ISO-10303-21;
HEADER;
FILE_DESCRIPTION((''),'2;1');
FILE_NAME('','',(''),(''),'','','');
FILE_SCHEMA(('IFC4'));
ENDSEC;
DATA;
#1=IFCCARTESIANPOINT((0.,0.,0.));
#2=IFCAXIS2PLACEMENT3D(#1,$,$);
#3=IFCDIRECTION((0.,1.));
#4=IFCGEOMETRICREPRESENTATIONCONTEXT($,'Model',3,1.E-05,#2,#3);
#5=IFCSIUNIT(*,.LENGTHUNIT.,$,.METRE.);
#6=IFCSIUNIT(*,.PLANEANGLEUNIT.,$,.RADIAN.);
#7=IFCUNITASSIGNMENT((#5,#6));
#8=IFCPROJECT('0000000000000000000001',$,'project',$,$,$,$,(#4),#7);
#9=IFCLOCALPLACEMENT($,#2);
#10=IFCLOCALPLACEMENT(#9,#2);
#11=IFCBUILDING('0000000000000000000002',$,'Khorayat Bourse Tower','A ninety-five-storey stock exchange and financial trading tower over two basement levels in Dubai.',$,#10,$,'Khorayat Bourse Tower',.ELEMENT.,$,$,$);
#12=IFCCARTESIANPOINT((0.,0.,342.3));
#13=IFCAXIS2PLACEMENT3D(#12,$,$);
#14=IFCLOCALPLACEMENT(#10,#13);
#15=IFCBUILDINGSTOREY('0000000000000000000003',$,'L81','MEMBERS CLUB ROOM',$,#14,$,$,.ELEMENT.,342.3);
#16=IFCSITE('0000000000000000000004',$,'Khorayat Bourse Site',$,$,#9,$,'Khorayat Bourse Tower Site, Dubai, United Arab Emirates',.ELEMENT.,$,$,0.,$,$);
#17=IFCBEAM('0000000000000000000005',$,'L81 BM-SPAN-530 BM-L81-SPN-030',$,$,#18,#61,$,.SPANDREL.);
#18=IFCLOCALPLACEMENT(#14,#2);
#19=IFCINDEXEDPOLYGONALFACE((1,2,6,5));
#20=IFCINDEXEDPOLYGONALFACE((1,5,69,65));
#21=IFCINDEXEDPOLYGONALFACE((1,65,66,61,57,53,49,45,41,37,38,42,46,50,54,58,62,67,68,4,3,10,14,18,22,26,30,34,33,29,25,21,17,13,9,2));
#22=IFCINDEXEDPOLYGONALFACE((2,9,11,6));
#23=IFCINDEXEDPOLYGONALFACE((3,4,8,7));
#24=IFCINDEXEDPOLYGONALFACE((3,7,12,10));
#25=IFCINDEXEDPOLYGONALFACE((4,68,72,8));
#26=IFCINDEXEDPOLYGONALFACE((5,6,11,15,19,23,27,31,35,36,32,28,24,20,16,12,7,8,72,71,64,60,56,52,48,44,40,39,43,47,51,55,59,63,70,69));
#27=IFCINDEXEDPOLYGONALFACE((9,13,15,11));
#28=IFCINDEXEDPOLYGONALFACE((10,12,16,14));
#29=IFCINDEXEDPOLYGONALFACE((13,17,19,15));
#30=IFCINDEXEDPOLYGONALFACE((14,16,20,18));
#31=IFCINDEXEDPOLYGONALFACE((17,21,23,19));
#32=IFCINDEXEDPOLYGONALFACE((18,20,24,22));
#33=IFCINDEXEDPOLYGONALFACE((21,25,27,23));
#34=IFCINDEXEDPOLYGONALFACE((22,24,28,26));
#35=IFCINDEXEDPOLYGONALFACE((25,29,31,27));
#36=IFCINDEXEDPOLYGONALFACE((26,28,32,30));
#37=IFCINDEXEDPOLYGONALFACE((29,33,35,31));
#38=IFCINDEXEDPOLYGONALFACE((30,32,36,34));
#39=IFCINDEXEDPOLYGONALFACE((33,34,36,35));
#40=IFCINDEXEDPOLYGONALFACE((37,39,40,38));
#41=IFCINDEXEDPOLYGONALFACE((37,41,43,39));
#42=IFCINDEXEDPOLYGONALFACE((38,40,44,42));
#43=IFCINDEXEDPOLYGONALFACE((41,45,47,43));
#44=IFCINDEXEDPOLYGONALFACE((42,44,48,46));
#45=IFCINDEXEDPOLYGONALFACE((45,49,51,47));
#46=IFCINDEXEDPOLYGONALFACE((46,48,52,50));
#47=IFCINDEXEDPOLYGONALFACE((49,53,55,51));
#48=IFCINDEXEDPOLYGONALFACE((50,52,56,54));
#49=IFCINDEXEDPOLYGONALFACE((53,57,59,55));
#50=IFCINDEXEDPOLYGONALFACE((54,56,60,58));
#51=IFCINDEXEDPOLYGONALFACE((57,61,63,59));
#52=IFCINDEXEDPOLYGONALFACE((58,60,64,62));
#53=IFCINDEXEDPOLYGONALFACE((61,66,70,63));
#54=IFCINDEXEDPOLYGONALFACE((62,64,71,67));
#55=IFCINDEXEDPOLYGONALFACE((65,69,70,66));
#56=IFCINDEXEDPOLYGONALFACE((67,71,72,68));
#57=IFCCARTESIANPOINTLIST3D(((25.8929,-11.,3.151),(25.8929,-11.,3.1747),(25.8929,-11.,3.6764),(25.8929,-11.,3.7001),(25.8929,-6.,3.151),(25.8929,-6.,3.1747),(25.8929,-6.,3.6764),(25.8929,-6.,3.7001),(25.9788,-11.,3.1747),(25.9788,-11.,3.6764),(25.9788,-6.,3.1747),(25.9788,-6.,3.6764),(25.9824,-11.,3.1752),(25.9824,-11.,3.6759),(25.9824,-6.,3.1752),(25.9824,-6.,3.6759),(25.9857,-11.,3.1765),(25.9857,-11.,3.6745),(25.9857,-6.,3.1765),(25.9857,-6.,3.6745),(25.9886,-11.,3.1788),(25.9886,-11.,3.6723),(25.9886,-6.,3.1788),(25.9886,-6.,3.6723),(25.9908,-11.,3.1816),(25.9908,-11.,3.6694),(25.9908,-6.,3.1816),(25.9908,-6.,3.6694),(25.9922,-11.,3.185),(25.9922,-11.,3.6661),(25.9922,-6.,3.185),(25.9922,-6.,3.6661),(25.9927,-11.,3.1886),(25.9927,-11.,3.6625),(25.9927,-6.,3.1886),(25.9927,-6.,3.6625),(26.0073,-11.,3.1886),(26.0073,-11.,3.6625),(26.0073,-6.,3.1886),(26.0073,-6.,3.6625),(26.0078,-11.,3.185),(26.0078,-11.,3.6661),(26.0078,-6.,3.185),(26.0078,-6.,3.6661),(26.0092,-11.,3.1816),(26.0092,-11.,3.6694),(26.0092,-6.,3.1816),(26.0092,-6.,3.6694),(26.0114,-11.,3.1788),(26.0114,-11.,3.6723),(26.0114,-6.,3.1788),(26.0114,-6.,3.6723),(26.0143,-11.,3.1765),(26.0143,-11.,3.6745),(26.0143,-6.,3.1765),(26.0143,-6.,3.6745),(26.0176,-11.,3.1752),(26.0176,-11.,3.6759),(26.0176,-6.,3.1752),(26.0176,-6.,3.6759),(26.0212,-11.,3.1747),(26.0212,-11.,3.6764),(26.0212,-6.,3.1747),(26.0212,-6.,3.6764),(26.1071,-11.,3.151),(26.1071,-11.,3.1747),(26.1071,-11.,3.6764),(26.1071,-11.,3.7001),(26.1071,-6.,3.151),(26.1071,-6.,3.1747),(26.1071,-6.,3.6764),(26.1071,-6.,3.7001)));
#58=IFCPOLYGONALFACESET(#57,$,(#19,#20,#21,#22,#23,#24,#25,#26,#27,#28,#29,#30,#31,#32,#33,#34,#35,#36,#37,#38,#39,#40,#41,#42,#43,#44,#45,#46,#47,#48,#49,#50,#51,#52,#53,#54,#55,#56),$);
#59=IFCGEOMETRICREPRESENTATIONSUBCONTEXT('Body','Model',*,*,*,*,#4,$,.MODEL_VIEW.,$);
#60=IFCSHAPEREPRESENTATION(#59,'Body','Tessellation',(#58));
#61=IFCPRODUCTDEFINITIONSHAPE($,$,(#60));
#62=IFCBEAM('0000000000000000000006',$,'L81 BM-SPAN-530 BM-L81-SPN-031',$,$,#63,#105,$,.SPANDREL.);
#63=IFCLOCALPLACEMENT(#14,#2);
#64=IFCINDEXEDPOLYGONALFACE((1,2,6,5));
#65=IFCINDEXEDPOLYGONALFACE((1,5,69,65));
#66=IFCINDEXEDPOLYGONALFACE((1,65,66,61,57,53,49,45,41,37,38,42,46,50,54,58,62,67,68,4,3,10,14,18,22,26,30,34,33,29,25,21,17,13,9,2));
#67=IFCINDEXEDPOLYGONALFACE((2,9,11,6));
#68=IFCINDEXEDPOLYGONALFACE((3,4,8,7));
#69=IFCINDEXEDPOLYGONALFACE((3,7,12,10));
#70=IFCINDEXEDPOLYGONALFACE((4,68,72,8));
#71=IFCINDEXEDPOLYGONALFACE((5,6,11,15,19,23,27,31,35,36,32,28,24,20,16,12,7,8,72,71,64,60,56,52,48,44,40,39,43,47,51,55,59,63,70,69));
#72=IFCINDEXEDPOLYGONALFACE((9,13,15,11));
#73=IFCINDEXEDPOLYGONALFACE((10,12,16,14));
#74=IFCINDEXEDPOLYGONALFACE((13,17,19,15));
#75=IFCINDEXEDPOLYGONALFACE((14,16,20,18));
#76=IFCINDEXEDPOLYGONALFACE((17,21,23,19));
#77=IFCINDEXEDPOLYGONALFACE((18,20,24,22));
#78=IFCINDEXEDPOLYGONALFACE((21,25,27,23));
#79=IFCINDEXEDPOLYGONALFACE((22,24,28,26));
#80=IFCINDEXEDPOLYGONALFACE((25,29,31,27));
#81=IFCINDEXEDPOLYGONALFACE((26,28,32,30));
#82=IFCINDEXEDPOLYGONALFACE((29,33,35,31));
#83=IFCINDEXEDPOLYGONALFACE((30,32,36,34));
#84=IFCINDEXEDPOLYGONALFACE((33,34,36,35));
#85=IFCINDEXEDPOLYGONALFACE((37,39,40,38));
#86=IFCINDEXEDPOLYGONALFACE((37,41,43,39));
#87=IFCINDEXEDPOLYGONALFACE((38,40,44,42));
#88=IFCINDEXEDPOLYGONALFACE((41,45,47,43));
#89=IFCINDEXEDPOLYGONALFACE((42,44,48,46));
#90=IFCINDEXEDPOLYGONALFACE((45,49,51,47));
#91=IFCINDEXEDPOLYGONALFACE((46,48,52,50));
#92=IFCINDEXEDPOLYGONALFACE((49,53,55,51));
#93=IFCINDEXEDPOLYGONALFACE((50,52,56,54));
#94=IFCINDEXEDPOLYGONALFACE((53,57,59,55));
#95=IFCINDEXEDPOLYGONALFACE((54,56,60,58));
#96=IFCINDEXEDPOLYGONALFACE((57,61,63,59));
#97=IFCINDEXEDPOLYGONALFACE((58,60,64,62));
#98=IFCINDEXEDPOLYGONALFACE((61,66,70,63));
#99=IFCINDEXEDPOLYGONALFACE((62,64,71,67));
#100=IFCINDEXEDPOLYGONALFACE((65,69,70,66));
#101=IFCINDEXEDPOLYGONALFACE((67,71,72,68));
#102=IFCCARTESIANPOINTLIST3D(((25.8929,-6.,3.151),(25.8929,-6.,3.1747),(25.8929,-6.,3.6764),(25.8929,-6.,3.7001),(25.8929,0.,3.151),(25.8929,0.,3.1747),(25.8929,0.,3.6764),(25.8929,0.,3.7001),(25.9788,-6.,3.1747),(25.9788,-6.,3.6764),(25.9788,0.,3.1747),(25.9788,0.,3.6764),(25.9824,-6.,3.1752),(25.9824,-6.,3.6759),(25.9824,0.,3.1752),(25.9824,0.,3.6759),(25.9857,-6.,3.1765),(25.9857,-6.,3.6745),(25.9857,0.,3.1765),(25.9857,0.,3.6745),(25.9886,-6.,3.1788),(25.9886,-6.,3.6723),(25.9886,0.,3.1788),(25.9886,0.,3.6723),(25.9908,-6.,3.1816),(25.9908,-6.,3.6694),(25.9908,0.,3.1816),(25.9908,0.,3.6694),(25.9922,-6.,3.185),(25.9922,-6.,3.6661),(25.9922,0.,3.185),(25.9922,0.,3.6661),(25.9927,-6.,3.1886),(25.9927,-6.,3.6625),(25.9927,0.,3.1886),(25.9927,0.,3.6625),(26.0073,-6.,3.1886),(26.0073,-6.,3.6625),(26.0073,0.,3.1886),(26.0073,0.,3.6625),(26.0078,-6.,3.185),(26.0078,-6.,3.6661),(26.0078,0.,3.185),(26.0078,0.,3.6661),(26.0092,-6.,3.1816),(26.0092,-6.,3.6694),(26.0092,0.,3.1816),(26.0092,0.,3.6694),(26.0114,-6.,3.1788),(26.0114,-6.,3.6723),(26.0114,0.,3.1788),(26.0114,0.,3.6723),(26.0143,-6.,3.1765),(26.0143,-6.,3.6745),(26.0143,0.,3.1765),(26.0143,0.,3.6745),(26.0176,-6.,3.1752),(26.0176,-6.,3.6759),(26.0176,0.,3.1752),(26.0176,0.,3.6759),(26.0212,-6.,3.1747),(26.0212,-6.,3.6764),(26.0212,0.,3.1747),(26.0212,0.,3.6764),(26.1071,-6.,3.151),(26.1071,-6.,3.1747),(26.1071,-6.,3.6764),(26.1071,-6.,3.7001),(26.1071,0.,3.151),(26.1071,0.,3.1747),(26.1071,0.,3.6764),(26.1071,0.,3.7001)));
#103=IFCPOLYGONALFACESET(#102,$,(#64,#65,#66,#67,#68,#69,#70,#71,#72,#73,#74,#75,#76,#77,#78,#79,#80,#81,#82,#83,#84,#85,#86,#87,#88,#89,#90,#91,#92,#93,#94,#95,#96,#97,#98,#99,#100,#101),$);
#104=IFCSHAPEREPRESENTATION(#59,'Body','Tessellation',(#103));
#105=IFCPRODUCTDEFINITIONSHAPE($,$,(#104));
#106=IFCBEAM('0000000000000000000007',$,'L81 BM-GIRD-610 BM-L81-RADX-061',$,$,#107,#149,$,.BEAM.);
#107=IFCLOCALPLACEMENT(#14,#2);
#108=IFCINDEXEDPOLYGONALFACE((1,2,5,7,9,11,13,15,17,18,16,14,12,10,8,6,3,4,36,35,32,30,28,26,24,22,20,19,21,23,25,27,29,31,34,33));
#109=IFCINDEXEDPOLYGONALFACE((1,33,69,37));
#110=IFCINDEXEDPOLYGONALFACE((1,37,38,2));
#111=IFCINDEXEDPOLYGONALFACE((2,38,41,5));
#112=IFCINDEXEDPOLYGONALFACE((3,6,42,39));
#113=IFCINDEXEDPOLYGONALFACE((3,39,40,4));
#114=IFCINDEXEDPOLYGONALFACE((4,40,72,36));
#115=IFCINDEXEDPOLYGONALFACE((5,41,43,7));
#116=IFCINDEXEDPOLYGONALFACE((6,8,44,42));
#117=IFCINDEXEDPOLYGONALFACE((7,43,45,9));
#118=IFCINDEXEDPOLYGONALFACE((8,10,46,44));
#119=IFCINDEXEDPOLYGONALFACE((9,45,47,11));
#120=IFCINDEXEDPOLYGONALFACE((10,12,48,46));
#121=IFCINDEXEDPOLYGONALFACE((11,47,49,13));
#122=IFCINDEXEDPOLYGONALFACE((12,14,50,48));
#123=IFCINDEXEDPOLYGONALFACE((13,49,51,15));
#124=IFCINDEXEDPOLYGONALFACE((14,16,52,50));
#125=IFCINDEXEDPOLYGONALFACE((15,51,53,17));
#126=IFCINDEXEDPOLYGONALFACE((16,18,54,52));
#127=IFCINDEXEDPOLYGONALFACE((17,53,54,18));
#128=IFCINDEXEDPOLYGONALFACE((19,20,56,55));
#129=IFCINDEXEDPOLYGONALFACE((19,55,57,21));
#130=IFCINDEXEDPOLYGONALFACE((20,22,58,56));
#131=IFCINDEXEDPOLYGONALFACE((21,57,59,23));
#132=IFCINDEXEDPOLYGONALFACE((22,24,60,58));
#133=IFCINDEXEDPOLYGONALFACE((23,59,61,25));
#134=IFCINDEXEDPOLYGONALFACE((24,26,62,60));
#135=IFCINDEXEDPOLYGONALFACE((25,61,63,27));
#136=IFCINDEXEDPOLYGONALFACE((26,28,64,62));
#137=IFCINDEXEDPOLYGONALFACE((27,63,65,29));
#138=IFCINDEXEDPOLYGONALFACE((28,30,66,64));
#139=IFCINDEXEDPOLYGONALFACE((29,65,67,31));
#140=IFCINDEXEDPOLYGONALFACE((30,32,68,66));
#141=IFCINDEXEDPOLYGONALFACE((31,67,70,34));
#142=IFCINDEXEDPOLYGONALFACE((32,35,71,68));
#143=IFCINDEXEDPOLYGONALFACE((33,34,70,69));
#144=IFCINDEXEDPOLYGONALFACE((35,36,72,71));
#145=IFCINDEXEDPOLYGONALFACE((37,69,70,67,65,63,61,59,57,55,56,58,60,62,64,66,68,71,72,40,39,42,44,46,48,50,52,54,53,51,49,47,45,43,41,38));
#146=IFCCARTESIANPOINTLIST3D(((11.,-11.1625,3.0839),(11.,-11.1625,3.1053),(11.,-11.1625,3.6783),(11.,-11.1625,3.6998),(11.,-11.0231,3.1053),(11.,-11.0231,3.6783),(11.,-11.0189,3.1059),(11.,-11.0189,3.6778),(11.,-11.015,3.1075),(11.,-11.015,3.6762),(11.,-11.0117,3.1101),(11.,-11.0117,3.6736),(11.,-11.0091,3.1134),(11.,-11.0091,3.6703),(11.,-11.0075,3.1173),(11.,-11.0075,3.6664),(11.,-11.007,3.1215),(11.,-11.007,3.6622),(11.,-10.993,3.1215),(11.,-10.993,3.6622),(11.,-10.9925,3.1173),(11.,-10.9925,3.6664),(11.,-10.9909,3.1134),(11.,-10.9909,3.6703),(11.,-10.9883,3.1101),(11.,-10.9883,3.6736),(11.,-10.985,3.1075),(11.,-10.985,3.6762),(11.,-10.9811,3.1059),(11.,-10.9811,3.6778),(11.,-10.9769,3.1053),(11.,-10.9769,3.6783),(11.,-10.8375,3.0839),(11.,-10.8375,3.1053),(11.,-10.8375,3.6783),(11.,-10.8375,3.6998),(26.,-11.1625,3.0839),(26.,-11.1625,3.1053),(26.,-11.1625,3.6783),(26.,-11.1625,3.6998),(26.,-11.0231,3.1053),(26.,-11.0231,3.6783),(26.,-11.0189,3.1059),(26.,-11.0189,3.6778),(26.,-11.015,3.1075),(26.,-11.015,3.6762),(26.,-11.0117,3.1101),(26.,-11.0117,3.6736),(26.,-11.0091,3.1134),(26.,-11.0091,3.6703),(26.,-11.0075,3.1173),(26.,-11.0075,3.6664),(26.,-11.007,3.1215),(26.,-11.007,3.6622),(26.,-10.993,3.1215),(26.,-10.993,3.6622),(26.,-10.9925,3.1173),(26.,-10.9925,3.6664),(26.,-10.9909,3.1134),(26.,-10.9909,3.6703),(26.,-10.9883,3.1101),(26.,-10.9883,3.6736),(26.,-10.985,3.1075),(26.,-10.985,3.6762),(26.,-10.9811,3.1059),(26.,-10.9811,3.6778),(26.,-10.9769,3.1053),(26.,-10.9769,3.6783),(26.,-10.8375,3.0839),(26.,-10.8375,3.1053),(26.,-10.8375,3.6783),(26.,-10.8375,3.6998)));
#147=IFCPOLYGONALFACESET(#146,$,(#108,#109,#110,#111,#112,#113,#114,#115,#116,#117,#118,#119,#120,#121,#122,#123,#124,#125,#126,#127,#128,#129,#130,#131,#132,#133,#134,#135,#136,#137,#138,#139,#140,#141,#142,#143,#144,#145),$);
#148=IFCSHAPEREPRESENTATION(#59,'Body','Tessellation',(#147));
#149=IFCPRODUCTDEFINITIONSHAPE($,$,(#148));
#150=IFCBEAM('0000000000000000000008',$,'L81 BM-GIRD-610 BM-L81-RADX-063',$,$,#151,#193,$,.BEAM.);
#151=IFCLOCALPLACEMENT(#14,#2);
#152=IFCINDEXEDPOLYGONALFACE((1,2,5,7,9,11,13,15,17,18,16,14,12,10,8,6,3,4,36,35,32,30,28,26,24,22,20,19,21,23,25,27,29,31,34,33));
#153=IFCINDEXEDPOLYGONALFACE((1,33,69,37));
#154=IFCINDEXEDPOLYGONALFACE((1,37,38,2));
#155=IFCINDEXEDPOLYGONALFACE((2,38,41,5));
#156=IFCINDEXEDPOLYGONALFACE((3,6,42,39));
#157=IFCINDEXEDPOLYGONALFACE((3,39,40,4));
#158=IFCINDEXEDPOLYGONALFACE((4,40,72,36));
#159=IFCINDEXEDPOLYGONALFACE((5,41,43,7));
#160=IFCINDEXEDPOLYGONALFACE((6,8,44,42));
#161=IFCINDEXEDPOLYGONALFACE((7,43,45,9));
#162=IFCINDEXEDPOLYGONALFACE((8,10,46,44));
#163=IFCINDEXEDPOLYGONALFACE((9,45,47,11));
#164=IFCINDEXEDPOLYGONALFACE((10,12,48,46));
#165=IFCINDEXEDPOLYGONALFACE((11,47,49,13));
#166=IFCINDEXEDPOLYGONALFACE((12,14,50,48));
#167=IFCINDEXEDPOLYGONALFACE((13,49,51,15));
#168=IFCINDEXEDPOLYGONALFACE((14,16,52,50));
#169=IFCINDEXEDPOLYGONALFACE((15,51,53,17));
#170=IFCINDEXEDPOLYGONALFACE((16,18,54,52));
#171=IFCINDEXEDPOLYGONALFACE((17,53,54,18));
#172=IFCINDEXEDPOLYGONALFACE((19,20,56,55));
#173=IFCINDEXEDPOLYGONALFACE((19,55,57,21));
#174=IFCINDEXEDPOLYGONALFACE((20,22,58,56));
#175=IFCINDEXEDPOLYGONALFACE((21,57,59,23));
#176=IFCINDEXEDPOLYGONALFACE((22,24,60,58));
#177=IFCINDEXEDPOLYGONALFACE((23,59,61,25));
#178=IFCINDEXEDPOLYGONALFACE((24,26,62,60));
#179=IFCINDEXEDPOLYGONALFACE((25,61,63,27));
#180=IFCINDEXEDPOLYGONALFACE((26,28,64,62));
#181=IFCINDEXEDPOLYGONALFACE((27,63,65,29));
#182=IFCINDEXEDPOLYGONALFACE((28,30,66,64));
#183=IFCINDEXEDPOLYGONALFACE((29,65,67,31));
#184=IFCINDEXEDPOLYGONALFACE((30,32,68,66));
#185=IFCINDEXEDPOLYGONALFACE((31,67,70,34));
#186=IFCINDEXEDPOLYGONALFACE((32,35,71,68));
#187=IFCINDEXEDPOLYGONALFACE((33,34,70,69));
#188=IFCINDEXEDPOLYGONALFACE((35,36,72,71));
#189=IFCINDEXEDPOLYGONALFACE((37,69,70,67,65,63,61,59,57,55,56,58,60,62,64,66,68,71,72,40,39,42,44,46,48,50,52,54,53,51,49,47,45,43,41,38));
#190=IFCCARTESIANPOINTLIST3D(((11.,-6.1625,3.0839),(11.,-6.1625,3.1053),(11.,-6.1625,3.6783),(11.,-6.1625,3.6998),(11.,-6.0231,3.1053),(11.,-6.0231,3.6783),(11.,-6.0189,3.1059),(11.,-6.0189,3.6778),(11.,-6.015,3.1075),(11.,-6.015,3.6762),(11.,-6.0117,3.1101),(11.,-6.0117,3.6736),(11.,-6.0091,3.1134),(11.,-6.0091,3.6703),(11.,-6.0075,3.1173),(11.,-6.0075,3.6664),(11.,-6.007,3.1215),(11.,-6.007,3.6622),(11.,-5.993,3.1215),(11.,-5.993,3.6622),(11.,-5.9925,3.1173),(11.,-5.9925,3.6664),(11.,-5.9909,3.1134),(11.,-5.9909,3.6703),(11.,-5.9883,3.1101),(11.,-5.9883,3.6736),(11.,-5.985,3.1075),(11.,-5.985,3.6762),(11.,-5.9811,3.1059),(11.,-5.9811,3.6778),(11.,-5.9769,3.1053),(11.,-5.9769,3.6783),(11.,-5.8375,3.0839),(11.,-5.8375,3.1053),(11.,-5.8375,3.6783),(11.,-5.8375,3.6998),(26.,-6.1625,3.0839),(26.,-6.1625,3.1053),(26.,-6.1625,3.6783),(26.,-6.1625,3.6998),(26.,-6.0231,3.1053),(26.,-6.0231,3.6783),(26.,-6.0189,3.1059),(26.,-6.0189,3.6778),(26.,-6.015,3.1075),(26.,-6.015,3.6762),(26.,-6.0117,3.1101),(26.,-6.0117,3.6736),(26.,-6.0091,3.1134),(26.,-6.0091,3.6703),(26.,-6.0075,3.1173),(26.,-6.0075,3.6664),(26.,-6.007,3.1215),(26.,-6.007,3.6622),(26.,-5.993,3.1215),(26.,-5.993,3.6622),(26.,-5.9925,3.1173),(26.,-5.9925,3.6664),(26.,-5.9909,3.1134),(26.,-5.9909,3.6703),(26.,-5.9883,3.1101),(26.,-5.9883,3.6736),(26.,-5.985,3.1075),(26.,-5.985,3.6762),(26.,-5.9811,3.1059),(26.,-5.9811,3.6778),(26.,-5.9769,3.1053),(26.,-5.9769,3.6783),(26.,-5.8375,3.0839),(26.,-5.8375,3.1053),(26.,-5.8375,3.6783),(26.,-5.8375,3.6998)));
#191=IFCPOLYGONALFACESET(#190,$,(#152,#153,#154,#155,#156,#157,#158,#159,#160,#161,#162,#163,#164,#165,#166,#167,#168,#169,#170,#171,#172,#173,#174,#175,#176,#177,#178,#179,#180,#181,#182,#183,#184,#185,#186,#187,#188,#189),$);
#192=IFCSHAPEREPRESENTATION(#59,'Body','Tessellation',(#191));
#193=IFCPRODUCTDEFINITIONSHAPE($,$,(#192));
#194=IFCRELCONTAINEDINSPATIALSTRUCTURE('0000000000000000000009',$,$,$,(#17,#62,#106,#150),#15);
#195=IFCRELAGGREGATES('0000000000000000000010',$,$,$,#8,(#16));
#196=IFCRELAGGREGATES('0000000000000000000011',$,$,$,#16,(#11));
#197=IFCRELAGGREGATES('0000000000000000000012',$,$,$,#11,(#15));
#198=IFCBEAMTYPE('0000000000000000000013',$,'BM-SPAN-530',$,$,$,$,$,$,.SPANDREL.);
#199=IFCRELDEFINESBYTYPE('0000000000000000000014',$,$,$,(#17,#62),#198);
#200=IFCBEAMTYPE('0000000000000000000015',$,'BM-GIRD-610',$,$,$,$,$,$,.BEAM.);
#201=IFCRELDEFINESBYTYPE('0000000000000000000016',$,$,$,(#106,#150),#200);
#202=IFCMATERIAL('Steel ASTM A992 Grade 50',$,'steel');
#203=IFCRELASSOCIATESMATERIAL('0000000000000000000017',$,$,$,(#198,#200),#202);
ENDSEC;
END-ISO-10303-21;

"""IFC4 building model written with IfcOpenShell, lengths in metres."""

from ifc_helpers import new_model, si_unit, direction, frame, origin, origin_2d, place, context, subcontext, project, spatial, i_section, extrude, source, transform, mapped, material, material_profile, profile_set, type_object, element, save


model = new_model("IFC4")

# Units and contexts
model_context = context("Model", 3, precision=1e-05, world=origin(), true_north=direction((0.0, 1.0)))
body_context = subcontext(model_context, "Body", "Model", "MODEL_VIEW")
ifc_project = project(units=[si_unit("LENGTHUNIT", "METRE"), si_unit("PLANEANGLEUNIT", "RADIAN")], contexts=[model_context])

# Site, building, storey
site_placement = place(None, origin())
site = spatial("IfcSite", under=ifc_project, at=site_placement, Name="Khorayat Bourse Site", LongName="Khorayat Bourse Tower Site, Dubai, United Arab Emirates", CompositionType="ELEMENT", RefElevation=0.0)
building_placement = place(site_placement, origin())
building = spatial("IfcBuilding", under=site, at=building_placement, Name="Khorayat Bourse Tower", Description="A ninety-five-storey stock exchange and financial trading tower over two basement levels in Dubai.", LongName="Khorayat Bourse Tower", CompositionType="ELEMENT")
storey_placement = place(building_placement, frame((0.0, 0.0, 342.3)))
storey = spatial("IfcBuildingStorey", under=building, at=storey_placement, Name="L81", Description="MEMBERS CLUB ROOM", CompositionType="ELEMENT", Elevation=342.3)

# Beams
ifc_material_1 = material(Name="Steel ASTM A992 Grade 50", Category="steel")
ifc_material_profile_1 = material_profile(ifc_material_1, i_section(OverallWidth=0.2141, OverallDepth=0.5491, WebThickness=0.0146, FlangeThickness=0.0237, FilletRadius=0.0139, at=origin_2d()), Name="W530X138")
ifc_profile_set_1 = profile_set([ifc_material_profile_1], Name="Steel ASTM A992 Grade 50")
beam_type_1 = type_object("IfcBeamType", Name="BM-SPAN-530", PredefinedType="SPANDREL", material=ifc_profile_set_1)
shared_shape_1 = source(origin(), body_context, "Body", "SweptSolid", [
    extrude(i_section(OverallWidth=0.2141, OverallDepth=0.5491, WebThickness=0.0146, FlangeThickness=0.0237, FilletRadius=0.0139, at=origin_2d()), origin(), (0.0, 0.0, 1.0), 5.0),
])
beam_1_placement = place(storey_placement, frame((26.0, -11.0, 3.4255), z_axis=(0.0, 1.0, 0.0), x_axis=(-1.0, 0.0, 0.0)))
element("IfcBeam", 1, at=beam_1_placement, inside=storey, type_object=beam_type_1, Name="L81 BM-SPAN-530 BM-L81-SPN-030", PredefinedType="SPANDREL", context=body_context, shape_type="MappedRepresentation", body=[
    mapped(shared_shape_1, transform((0.0, 0.0, 0.0), scale=1.0)),
])
shared_shape_2 = source(origin(), body_context, "Body", "SweptSolid", [
    extrude(i_section(OverallWidth=0.2141, OverallDepth=0.5491, WebThickness=0.0146, FlangeThickness=0.0237, FilletRadius=0.0139, at=origin_2d()), origin(), (0.0, 0.0, 1.0), 6.0),
])
beam_2_placement = place(storey_placement, frame((26.0, -6.0, 3.4255), z_axis=(0.0, 1.0, 0.0), x_axis=(-1.0, 0.0, 0.0)))
element("IfcBeam", 2, at=beam_2_placement, inside=storey, type_object=beam_type_1, Name="L81 BM-SPAN-530 BM-L81-SPN-031", PredefinedType="SPANDREL", context=body_context, shape_type="MappedRepresentation", body=[
    mapped(shared_shape_2, transform((0.0, 0.0, 0.0), scale=1.0)),
])
ifc_material_profile_2 = material_profile(ifc_material_1, i_section(OverallWidth=0.325, OverallDepth=0.616, WebThickness=0.0139, FlangeThickness=0.0215, FilletRadius=0.0161, at=origin_2d()), Name="W610X174")
ifc_profile_set_2 = profile_set([ifc_material_profile_2], Name="Steel ASTM A992 Grade 50")
beam_type_2 = type_object("IfcBeamType", Name="BM-GIRD-610", PredefinedType="BEAM", material=ifc_profile_set_2)
shared_shape_3 = source(origin(), body_context, "Body", "SweptSolid", [
    extrude(i_section(OverallWidth=0.325, OverallDepth=0.616, WebThickness=0.0139, FlangeThickness=0.0215, FilletRadius=0.0161, at=origin_2d()), origin(), (0.0, 0.0, 1.0), 15.0),
])
for number, where, z_axis, x_axis, name in (
    (3, (11.0, -11.0, 3.3918), (1.0, 0.0, 0.0), (0.0, 1.0, 0.0), "L81 BM-GIRD-610 BM-L81-RADX-061"),
    (4, (11.0, -6.0, 3.3918), (1.0, 0.0, 0.0), (0.0, 1.0, 0.0), "L81 BM-GIRD-610 BM-L81-RADX-063"),
):
    element("IfcBeam", number, at=place(storey_placement, frame(where, z_axis=z_axis, x_axis=x_axis)), inside=storey, type_object=beam_type_2, Name=name, PredefinedType="BEAM", context=body_context, shape_type="MappedRepresentation", body=[
        mapped(shared_shape_3, transform((0.0, 0.0, 0.0), scale=1.0)),
    ])

save(model, "model.ifc")
